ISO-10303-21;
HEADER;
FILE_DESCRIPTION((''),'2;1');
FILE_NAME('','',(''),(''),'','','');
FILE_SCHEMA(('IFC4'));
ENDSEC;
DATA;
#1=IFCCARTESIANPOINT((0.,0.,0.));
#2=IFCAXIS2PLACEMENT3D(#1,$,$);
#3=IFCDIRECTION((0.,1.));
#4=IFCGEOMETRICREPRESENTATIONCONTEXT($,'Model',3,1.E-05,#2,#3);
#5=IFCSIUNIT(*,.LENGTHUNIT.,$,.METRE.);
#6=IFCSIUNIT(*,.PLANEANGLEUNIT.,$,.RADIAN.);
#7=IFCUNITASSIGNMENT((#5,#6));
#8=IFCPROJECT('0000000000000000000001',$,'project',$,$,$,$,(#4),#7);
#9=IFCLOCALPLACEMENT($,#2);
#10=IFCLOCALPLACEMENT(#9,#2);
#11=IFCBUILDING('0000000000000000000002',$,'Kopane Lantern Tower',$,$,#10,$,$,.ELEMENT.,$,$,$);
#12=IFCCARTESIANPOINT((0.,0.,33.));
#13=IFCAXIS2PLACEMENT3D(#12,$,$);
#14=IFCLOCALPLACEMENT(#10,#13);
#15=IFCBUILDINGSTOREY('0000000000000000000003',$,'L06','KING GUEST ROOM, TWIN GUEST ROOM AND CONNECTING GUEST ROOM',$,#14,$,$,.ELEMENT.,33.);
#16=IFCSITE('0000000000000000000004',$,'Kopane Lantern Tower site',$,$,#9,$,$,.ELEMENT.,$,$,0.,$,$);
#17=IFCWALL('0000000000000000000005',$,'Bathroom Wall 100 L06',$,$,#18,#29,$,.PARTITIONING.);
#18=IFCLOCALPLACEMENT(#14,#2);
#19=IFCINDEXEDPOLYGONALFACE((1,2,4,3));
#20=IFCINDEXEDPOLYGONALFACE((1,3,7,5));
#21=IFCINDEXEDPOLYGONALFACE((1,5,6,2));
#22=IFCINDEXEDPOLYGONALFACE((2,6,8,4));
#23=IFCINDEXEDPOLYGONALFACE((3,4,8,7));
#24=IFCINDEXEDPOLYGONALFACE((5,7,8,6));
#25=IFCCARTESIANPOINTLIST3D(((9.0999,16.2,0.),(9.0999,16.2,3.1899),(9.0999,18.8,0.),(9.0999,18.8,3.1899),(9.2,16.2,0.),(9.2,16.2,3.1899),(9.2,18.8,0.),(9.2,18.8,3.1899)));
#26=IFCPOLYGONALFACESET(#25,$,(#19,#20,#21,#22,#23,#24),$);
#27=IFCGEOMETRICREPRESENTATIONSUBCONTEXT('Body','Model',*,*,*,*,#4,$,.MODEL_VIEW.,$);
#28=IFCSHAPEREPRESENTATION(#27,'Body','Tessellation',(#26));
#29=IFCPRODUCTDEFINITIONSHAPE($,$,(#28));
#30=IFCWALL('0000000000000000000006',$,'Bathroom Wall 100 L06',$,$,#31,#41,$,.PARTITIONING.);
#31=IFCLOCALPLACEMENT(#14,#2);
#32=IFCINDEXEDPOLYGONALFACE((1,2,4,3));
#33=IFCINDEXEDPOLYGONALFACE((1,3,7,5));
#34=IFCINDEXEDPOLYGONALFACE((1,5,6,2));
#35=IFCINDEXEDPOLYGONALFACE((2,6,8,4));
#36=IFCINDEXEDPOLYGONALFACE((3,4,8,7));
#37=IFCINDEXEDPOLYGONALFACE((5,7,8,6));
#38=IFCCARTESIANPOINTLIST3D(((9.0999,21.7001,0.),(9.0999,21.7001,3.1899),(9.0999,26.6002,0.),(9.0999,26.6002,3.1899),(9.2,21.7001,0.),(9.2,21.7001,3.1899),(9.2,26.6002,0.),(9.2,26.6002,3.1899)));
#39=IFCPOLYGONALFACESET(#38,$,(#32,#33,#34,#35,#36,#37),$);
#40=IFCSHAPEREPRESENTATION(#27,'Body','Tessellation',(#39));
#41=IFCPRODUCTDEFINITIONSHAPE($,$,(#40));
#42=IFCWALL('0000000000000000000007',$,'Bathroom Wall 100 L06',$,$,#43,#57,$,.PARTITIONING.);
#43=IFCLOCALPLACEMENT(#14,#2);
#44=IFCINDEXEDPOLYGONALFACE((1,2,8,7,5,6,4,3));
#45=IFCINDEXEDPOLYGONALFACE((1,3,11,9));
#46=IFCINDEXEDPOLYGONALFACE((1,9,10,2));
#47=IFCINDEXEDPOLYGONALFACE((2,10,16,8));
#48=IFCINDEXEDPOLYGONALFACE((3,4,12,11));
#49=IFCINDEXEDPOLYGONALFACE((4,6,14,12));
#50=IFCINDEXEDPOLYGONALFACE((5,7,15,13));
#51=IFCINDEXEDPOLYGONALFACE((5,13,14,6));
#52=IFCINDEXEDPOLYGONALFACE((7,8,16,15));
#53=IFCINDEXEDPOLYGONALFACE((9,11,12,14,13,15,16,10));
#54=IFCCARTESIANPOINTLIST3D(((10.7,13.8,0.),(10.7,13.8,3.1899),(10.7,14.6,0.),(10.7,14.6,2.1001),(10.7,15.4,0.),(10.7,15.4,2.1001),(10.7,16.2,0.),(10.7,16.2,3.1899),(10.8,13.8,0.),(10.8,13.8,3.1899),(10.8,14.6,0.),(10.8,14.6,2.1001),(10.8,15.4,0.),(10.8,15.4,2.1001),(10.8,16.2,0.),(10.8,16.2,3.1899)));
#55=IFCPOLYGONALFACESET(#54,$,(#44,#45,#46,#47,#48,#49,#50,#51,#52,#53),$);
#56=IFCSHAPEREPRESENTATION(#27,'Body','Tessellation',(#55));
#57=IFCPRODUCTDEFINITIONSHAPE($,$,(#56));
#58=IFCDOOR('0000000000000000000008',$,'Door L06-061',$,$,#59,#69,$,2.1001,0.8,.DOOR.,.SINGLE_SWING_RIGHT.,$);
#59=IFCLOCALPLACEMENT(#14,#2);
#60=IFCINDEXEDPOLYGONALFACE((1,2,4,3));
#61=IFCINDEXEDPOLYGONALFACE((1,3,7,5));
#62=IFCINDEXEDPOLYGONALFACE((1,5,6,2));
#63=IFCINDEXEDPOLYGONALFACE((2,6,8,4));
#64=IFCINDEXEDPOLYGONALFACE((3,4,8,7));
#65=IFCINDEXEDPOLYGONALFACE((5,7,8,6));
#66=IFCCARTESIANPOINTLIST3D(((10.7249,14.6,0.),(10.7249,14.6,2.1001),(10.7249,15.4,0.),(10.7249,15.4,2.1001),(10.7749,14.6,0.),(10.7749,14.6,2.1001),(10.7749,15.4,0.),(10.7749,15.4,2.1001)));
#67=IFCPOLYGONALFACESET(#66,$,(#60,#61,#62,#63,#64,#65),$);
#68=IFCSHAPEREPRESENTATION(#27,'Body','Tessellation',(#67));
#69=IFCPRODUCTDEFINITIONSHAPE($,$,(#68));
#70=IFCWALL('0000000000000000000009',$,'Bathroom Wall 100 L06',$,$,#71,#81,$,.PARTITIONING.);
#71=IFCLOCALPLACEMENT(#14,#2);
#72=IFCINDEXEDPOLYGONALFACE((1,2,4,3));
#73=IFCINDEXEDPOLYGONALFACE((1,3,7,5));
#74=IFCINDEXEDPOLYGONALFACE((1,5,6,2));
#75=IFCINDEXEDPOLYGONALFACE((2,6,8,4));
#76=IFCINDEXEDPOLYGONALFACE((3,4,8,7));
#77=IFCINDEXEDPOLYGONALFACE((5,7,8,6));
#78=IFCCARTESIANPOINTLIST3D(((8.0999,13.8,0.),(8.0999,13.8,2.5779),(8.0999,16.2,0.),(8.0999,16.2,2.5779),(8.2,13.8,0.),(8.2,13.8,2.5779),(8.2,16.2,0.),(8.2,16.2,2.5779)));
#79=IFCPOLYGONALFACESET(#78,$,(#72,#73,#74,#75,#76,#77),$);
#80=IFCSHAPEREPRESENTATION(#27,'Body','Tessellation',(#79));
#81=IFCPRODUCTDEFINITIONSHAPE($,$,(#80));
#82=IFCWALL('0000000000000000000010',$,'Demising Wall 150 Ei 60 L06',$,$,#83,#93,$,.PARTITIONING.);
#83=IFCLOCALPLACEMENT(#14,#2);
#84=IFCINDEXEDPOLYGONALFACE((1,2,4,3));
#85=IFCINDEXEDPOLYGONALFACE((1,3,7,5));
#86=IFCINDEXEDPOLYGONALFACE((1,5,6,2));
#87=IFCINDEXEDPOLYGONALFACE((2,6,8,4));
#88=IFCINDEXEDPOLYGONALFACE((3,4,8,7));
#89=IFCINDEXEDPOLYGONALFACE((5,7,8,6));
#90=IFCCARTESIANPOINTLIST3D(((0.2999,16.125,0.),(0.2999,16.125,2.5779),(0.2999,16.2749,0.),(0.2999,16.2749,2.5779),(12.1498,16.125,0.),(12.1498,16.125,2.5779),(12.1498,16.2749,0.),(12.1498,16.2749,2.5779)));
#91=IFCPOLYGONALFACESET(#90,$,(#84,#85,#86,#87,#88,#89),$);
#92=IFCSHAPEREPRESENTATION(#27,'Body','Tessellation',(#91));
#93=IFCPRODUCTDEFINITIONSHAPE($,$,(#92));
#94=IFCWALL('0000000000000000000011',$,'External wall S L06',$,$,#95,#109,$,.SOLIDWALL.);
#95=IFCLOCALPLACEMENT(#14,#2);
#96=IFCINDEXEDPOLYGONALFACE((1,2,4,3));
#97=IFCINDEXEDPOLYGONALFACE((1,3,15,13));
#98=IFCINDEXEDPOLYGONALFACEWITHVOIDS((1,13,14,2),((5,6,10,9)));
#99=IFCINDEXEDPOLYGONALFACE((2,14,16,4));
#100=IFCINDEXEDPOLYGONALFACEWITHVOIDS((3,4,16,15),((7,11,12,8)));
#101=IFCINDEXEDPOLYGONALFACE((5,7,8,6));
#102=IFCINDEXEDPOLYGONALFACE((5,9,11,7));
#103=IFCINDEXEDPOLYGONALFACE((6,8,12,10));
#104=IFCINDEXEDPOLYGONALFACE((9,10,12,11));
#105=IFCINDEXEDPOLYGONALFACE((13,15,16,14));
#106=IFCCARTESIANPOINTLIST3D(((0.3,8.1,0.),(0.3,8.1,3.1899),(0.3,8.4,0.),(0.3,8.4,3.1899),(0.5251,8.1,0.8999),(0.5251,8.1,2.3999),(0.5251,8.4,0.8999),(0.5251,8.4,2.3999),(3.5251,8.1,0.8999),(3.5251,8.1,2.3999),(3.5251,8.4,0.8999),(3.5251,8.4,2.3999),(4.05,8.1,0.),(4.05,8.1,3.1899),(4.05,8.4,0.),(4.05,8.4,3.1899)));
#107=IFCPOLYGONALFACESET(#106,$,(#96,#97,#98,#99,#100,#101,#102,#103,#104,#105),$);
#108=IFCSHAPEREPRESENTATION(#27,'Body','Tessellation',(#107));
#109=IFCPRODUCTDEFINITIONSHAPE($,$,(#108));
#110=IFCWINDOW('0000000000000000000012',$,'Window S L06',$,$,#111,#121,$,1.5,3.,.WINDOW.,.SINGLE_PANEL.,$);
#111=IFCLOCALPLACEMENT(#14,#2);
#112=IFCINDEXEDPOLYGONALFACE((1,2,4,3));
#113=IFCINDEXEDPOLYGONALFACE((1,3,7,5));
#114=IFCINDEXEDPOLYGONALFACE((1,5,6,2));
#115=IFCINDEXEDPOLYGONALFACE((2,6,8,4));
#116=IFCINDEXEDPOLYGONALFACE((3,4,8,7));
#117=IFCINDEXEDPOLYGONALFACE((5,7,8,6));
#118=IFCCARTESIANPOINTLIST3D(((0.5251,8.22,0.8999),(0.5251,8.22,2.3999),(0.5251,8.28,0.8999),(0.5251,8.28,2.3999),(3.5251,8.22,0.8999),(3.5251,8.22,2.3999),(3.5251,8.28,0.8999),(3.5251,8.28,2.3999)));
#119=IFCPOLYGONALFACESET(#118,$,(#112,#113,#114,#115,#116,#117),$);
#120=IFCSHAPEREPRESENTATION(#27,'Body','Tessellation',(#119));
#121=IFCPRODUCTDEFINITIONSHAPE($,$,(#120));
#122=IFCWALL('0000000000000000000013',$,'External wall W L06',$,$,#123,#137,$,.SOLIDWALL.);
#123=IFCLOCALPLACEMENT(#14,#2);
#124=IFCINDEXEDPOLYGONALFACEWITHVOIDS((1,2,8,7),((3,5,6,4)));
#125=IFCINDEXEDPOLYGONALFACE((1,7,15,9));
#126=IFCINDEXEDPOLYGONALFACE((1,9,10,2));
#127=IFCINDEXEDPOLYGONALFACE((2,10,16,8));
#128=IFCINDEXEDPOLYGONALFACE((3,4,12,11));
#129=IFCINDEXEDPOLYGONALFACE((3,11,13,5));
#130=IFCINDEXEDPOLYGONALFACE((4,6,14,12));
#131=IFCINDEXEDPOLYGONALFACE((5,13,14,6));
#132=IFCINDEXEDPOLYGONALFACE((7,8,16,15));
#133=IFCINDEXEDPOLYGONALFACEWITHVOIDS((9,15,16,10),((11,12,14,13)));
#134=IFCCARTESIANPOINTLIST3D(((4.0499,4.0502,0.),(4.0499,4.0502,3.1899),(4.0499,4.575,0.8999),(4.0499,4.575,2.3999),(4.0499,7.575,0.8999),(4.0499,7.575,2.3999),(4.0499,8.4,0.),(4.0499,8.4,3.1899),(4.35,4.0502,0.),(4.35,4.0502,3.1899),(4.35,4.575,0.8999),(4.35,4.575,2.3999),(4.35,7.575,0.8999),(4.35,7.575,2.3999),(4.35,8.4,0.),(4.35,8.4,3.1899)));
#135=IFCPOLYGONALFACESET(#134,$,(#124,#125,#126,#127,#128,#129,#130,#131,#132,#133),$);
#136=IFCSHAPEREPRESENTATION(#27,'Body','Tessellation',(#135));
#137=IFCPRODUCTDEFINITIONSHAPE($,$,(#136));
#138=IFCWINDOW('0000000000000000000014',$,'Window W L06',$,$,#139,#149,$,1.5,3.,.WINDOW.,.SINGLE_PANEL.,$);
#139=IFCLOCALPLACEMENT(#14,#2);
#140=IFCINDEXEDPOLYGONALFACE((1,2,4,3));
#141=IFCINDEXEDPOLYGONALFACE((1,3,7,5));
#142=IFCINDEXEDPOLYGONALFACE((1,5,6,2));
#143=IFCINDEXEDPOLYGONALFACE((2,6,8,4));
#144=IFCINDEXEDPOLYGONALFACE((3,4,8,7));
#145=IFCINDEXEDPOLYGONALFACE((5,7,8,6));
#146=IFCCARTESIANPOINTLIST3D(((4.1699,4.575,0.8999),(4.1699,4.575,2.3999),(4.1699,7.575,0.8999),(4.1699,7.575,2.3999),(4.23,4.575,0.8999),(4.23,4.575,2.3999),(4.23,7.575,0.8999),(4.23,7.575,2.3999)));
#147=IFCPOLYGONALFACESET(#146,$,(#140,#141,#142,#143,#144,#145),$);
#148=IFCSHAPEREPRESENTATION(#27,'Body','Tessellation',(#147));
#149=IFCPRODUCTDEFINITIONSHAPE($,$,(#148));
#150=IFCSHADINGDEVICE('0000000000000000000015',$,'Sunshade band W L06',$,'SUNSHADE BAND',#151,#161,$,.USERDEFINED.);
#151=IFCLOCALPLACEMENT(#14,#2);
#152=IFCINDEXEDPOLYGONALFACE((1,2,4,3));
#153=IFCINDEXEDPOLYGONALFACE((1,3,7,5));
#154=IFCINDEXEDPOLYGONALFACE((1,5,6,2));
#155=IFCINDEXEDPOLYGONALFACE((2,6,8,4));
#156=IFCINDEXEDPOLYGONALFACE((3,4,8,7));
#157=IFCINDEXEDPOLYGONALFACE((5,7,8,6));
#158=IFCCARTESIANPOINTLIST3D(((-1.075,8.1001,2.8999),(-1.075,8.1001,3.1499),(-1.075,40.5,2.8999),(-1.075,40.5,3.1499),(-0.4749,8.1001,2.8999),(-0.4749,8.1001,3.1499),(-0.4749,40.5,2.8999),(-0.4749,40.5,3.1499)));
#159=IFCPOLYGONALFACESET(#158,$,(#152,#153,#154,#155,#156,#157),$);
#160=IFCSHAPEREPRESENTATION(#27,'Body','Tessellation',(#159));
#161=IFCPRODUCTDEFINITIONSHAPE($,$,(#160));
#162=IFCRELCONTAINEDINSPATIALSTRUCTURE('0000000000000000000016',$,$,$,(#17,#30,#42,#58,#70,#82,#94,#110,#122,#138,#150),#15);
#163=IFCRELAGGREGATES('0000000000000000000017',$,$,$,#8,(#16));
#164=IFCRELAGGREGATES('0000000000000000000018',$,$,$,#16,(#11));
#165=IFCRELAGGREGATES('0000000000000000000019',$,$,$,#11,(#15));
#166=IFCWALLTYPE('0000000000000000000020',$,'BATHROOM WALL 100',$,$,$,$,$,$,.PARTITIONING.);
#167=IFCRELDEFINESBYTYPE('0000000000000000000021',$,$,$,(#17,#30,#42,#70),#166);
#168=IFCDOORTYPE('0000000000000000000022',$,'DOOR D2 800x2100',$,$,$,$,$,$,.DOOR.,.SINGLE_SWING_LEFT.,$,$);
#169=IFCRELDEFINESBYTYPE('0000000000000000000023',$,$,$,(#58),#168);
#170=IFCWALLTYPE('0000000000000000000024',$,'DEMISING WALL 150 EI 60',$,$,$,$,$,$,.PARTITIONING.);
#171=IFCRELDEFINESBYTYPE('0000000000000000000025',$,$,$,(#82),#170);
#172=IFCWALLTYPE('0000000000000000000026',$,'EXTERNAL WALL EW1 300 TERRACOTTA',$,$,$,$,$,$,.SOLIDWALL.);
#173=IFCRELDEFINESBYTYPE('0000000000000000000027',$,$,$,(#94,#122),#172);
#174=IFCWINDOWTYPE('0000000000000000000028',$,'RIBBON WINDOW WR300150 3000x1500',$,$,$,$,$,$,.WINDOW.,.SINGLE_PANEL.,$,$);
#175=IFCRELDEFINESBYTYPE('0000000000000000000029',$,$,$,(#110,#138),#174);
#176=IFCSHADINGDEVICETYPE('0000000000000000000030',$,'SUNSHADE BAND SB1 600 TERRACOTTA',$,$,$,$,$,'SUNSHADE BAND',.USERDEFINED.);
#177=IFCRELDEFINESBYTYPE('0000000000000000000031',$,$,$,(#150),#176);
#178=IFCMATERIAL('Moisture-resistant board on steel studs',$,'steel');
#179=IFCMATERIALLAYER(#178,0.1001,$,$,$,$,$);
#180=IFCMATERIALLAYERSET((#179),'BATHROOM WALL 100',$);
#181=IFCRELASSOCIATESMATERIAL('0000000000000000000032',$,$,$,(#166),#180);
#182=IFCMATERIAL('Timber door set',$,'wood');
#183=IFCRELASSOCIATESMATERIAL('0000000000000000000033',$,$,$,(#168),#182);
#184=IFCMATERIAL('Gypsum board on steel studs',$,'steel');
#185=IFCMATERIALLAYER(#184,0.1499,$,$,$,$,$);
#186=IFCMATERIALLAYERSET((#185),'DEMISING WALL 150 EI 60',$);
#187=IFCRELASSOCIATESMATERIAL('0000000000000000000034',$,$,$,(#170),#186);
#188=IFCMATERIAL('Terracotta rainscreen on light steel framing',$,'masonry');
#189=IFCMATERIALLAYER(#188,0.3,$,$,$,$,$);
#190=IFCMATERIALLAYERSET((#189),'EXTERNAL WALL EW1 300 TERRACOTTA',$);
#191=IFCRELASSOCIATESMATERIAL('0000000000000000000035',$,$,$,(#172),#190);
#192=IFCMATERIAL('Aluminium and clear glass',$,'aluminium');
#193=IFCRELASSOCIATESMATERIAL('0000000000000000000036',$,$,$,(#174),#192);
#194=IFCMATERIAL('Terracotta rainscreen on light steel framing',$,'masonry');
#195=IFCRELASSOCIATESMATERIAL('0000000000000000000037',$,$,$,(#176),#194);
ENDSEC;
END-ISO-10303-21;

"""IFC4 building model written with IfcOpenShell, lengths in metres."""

from ifc_helpers import new_model, si_unit, direction, frame, frame_2d, origin, origin_2d, place, context, subcontext, project, spatial, rectangle, extrude, material, layer, layer_set, type_object, element, fill, save


model = new_model("IFC4")

# Units and contexts
model_context = context("Model", 3, precision=1e-05, world=origin(), true_north=direction((0.0, 1.0)))
body_context = subcontext(model_context, "Body", "Model", "MODEL_VIEW")
ifc_project = project(units=[si_unit("LENGTHUNIT", "METRE"), si_unit("PLANEANGLEUNIT", "RADIAN")], contexts=[model_context])

# Site, building, storey
site_placement = place(None, origin())
site = spatial("IfcSite", under=ifc_project, at=site_placement, Name="Kopane Lantern Tower site", CompositionType="ELEMENT", RefElevation=0.0)
building_placement = place(site_placement, origin())
building = spatial("IfcBuilding", under=site, at=building_placement, Name="Kopane Lantern Tower", CompositionType="ELEMENT")
storey_placement = place(building_placement, frame((0.0, 0.0, 33.0)))
storey = spatial("IfcBuildingStorey", under=building, at=storey_placement, Name="L06", Description="KING GUEST ROOM, TWIN GUEST ROOM AND CONNECTING GUEST ROOM", CompositionType="ELEMENT", Elevation=33.0)

# Walls
ifc_material_1 = material(Name="Moisture-resistant board on steel studs", Category="steel")
ifc_layer_1 = layer(ifc_material_1, 0.1001)
ifc_layer_set_1 = layer_set([ifc_layer_1], Name="BATHROOM WALL 100")
wall_type_1 = type_object("IfcWallType", Name="BATHROOM WALL 100", PredefinedType="PARTITIONING", material=ifc_layer_set_1)
wall_1_placement = place(storey_placement, frame((9.1499, 16.2, 0.0), z_axis=(0.0, 0.0, 1.0), x_axis=(0.0, 1.0, 0.0)))
element("IfcWall", 1, at=wall_1_placement, inside=storey, type_object=wall_type_1, Name="Bathroom Wall 100 L06", PredefinedType="PARTITIONING", context=body_context, shape_type="SweptSolid", body=[
    extrude(rectangle(XDim=2.6001, YDim=0.1001, at=frame_2d((1.3, 0.0))), origin(), (0.0, 0.0, 1.0), 3.1899),
])
wall_2_placement = place(storey_placement, frame((9.1499, 21.7, 0.0), z_axis=(0.0, 0.0, 1.0), x_axis=(0.0, 1.0, 0.0)))
element("IfcWall", 2, at=wall_2_placement, inside=storey, type_object=wall_type_1, Name="Bathroom Wall 100 L06", PredefinedType="PARTITIONING", context=body_context, shape_type="SweptSolid", body=[
    extrude(rectangle(XDim=4.9001, YDim=0.1001, at=frame_2d((2.4502, 0.0))), origin(), (0.0, 0.0, 1.0), 3.1899),
])

# Wall, opening, door
wall_3_placement = place(storey_placement, frame((10.75, 16.2, 0.0), z_axis=(0.0, 0.0, 1.0), x_axis=(0.0, -1.0, 0.0)))
wall_3 = element("IfcWall", 3, at=wall_3_placement, inside=storey, type_object=wall_type_1, Name="Bathroom Wall 100 L06", PredefinedType="PARTITIONING", context=body_context, shape_type="SweptSolid", body=[
    extrude(rectangle(XDim=2.3999, YDim=0.1001, at=frame_2d((1.2, 0.0))), origin(), (0.0, 0.0, 1.0), 3.1899),
])
opening_1_placement = place(wall_3_placement, frame((0.8, 0.0, 0.0)))
opening_1 = element("IfcOpeningElement", 4, at=opening_1_placement, cuts=wall_3, PredefinedType="OPENING", context=body_context, shape_type="SweptSolid", body=[
    extrude(rectangle(XDim=0.8, YDim=2.1001, at=frame_2d((0.3999, 1.05))), frame((0.0, 0.0601, 0.0), z_axis=(0.0, -1.0, 0.0), x_axis=(1.0, 0.0, 0.0)), (0.0, 0.0, 1.0), 0.1201),
])
ifc_material_2 = material(Name="Timber door set", Category="wood")
door_type_1 = type_object("IfcDoorType", Name="DOOR D2 800x2100", OperationType="SINGLE_SWING_LEFT", PredefinedType="DOOR", material=ifc_material_2)
door_1_placement = place(opening_1_placement, origin())
door_1 = element("IfcDoor", 5, at=door_1_placement, inside=storey, type_object=door_type_1, Name="Door L06-061", OperationType="SINGLE_SWING_RIGHT", OverallHeight=2.1001, OverallWidth=0.8, PredefinedType="DOOR", context=body_context, shape_type="SweptSolid", body=[
    extrude(rectangle(XDim=0.8, YDim=2.1001, at=frame_2d((0.3999, 1.05))), frame((0.0, 0.0249, 0.0), z_axis=(0.0, -1.0, 0.0), x_axis=(1.0, 0.0, 0.0)), (0.0, 0.0, 1.0), 0.05),
])
fill(opening_1, door_1)

# Walls
wall_4_placement = place(storey_placement, frame((8.1499, 16.2, 0.0), z_axis=(0.0, 0.0, 1.0), x_axis=(0.0, -1.0, 0.0)))
element("IfcWall", 6, at=wall_4_placement, inside=storey, type_object=wall_type_1, Name="Bathroom Wall 100 L06", PredefinedType="PARTITIONING", context=body_context, shape_type="SweptSolid", body=[
    extrude(rectangle(XDim=2.3999, YDim=0.1001, at=frame_2d((1.2, 0.0))), origin(), (0.0, 0.0, 1.0), 2.5779),
])
ifc_material_3 = material(Name="Gypsum board on steel studs", Category="steel")
ifc_layer_2 = layer(ifc_material_3, 0.1499)
ifc_layer_set_2 = layer_set([ifc_layer_2], Name="DEMISING WALL 150 EI 60")
wall_type_2 = type_object("IfcWallType", Name="DEMISING WALL 150 EI 60", PredefinedType="PARTITIONING", material=ifc_layer_set_2)
wall_5_placement = place(storey_placement, frame((0.3, 16.2, 0.0), z_axis=(0.0, 0.0, 1.0), x_axis=(1.0, 0.0, 0.0)))
element("IfcWall", 7, at=wall_5_placement, inside=storey, type_object=wall_type_2, Name="Demising Wall 150 Ei 60 L06", PredefinedType="PARTITIONING", context=body_context, shape_type="SweptSolid", body=[
    extrude(rectangle(XDim=11.8499, YDim=0.1499, at=frame_2d((5.9248, 0.0))), origin(), (0.0, 0.0, 1.0), 2.5779),
])

# Walls, openings, windows
ifc_material_4 = material(Name="Terracotta rainscreen on light steel framing", Category="masonry")
ifc_layer_3 = layer(ifc_material_4, 0.3)
ifc_layer_set_3 = layer_set([ifc_layer_3], Name="EXTERNAL WALL EW1 300 TERRACOTTA")
wall_type_3 = type_object("IfcWallType", Name="EXTERNAL WALL EW1 300 TERRACOTTA", PredefinedType="SOLIDWALL", material=ifc_layer_set_3)
wall_6_placement = place(storey_placement, frame((0.3, 8.25, 0.0), z_axis=(0.0, 0.0, 1.0), x_axis=(1.0, 0.0, 0.0)))
wall_6 = element("IfcWall", 8, at=wall_6_placement, inside=storey, type_object=wall_type_3, Name="External wall S L06", PredefinedType="SOLIDWALL", context=body_context, shape_type="SweptSolid", body=[
    extrude(rectangle(XDim=3.75, YDim=0.3, at=frame_2d((1.875, 0.0))), origin(), (0.0, 0.0, 1.0), 3.1899),
])
opening_2_placement = place(wall_6_placement, frame((0.2251, 0.0, 0.8999)))
opening_2 = element("IfcOpeningElement", 9, at=opening_2_placement, cuts=wall_6, PredefinedType="OPENING", context=body_context, shape_type="SweptSolid", body=[
    extrude(rectangle(XDim=3.0, YDim=1.5, at=frame_2d((1.5, 0.75))), frame((0.0, 0.1599, 0.0), z_axis=(0.0, -1.0, 0.0), x_axis=(1.0, 0.0, 0.0)), (0.0, 0.0, 1.0), 0.3201),
])
ifc_material_5 = material(Name="Aluminium and clear glass", Category="aluminium")
window_type = type_object("IfcWindowType", Name="RIBBON WINDOW WR300150 3000x1500", PartitioningType="SINGLE_PANEL", PredefinedType="WINDOW", material=ifc_material_5)
window_1_placement = place(opening_2_placement, origin())
window_1 = element("IfcWindow", 10, at=window_1_placement, inside=storey, type_object=window_type, Name="Window S L06", OverallHeight=1.5, OverallWidth=3.0, PartitioningType="SINGLE_PANEL", PredefinedType="WINDOW", context=body_context, shape_type="SweptSolid", body=[
    extrude(rectangle(XDim=3.0, YDim=1.5, at=frame_2d((1.5, 0.75))), frame((0.0, 0.03, 0.0), z_axis=(0.0, -1.0, 0.0), x_axis=(1.0, 0.0, 0.0)), (0.0, 0.0, 1.0), 0.0601),
])
fill(opening_2, window_1)
wall_7_placement = place(storey_placement, frame((4.2, 8.3999, 0.0), z_axis=(0.0, 0.0, 1.0), x_axis=(0.0, -1.0, 0.0)))
wall_7 = element("IfcWall", 11, at=wall_7_placement, inside=storey, type_object=wall_type_3, Name="External wall W L06", PredefinedType="SOLIDWALL", context=body_context, shape_type="SweptSolid", body=[
    extrude(rectangle(XDim=4.3499, YDim=0.3, at=frame_2d((2.1748, 0.0))), origin(), (0.0, 0.0, 1.0), 3.1899),
])
opening_3_placement = place(wall_7_placement, frame((0.825, 0.0, 0.8999)))
opening_3 = element("IfcOpeningElement", 12, at=opening_3_placement, cuts=wall_7, PredefinedType="OPENING", context=body_context, shape_type="SweptSolid", body=[
    extrude(rectangle(XDim=3.0, YDim=1.5, at=frame_2d((1.5, 0.75))), frame((0.0, 0.1599, 0.0), z_axis=(0.0, -1.0, 0.0), x_axis=(1.0, 0.0, 0.0)), (0.0, 0.0, 1.0), 0.3201),
])
window_2_placement = place(opening_3_placement, origin())
window_2 = element("IfcWindow", 13, at=window_2_placement, inside=storey, type_object=window_type, Name="Window W L06", OverallHeight=1.5, OverallWidth=3.0, PartitioningType="SINGLE_PANEL", PredefinedType="WINDOW", context=body_context, shape_type="SweptSolid", body=[
    extrude(rectangle(XDim=3.0, YDim=1.5, at=frame_2d((1.5, 0.75))), frame((0.0, 0.03, 0.0), z_axis=(0.0, -1.0, 0.0), x_axis=(1.0, 0.0, 0.0)), (0.0, 0.0, 1.0), 0.0601),
])
fill(opening_3, window_2)

# Shading device
ifc_material_6 = material(Name="Terracotta rainscreen on light steel framing", Category="masonry")
shading_device_type = type_object("IfcShadingDeviceType", Name="SUNSHADE BAND SB1 600 TERRACOTTA", ElementType="SUNSHADE BAND", PredefinedType="USERDEFINED", material=ifc_material_6)
shading_device_placement = place(storey_placement, frame((-0.7749, 24.3, 2.8999), z_axis=(0.0, 0.0, 1.0), x_axis=(0.0, -1.0, 0.0)))
element("IfcShadingDevice", 14, at=shading_device_placement, inside=storey, type_object=shading_device_type, Name="Sunshade band W L06", ObjectType="SUNSHADE BAND", PredefinedType="USERDEFINED", context=body_context, shape_type="SweptSolid", body=[
    extrude(rectangle(XDim=32.3999, YDim=0.6001, at=origin_2d()), origin(), (0.0, 0.0, 1.0), 0.25),
])

save(model, "model.ifc")
